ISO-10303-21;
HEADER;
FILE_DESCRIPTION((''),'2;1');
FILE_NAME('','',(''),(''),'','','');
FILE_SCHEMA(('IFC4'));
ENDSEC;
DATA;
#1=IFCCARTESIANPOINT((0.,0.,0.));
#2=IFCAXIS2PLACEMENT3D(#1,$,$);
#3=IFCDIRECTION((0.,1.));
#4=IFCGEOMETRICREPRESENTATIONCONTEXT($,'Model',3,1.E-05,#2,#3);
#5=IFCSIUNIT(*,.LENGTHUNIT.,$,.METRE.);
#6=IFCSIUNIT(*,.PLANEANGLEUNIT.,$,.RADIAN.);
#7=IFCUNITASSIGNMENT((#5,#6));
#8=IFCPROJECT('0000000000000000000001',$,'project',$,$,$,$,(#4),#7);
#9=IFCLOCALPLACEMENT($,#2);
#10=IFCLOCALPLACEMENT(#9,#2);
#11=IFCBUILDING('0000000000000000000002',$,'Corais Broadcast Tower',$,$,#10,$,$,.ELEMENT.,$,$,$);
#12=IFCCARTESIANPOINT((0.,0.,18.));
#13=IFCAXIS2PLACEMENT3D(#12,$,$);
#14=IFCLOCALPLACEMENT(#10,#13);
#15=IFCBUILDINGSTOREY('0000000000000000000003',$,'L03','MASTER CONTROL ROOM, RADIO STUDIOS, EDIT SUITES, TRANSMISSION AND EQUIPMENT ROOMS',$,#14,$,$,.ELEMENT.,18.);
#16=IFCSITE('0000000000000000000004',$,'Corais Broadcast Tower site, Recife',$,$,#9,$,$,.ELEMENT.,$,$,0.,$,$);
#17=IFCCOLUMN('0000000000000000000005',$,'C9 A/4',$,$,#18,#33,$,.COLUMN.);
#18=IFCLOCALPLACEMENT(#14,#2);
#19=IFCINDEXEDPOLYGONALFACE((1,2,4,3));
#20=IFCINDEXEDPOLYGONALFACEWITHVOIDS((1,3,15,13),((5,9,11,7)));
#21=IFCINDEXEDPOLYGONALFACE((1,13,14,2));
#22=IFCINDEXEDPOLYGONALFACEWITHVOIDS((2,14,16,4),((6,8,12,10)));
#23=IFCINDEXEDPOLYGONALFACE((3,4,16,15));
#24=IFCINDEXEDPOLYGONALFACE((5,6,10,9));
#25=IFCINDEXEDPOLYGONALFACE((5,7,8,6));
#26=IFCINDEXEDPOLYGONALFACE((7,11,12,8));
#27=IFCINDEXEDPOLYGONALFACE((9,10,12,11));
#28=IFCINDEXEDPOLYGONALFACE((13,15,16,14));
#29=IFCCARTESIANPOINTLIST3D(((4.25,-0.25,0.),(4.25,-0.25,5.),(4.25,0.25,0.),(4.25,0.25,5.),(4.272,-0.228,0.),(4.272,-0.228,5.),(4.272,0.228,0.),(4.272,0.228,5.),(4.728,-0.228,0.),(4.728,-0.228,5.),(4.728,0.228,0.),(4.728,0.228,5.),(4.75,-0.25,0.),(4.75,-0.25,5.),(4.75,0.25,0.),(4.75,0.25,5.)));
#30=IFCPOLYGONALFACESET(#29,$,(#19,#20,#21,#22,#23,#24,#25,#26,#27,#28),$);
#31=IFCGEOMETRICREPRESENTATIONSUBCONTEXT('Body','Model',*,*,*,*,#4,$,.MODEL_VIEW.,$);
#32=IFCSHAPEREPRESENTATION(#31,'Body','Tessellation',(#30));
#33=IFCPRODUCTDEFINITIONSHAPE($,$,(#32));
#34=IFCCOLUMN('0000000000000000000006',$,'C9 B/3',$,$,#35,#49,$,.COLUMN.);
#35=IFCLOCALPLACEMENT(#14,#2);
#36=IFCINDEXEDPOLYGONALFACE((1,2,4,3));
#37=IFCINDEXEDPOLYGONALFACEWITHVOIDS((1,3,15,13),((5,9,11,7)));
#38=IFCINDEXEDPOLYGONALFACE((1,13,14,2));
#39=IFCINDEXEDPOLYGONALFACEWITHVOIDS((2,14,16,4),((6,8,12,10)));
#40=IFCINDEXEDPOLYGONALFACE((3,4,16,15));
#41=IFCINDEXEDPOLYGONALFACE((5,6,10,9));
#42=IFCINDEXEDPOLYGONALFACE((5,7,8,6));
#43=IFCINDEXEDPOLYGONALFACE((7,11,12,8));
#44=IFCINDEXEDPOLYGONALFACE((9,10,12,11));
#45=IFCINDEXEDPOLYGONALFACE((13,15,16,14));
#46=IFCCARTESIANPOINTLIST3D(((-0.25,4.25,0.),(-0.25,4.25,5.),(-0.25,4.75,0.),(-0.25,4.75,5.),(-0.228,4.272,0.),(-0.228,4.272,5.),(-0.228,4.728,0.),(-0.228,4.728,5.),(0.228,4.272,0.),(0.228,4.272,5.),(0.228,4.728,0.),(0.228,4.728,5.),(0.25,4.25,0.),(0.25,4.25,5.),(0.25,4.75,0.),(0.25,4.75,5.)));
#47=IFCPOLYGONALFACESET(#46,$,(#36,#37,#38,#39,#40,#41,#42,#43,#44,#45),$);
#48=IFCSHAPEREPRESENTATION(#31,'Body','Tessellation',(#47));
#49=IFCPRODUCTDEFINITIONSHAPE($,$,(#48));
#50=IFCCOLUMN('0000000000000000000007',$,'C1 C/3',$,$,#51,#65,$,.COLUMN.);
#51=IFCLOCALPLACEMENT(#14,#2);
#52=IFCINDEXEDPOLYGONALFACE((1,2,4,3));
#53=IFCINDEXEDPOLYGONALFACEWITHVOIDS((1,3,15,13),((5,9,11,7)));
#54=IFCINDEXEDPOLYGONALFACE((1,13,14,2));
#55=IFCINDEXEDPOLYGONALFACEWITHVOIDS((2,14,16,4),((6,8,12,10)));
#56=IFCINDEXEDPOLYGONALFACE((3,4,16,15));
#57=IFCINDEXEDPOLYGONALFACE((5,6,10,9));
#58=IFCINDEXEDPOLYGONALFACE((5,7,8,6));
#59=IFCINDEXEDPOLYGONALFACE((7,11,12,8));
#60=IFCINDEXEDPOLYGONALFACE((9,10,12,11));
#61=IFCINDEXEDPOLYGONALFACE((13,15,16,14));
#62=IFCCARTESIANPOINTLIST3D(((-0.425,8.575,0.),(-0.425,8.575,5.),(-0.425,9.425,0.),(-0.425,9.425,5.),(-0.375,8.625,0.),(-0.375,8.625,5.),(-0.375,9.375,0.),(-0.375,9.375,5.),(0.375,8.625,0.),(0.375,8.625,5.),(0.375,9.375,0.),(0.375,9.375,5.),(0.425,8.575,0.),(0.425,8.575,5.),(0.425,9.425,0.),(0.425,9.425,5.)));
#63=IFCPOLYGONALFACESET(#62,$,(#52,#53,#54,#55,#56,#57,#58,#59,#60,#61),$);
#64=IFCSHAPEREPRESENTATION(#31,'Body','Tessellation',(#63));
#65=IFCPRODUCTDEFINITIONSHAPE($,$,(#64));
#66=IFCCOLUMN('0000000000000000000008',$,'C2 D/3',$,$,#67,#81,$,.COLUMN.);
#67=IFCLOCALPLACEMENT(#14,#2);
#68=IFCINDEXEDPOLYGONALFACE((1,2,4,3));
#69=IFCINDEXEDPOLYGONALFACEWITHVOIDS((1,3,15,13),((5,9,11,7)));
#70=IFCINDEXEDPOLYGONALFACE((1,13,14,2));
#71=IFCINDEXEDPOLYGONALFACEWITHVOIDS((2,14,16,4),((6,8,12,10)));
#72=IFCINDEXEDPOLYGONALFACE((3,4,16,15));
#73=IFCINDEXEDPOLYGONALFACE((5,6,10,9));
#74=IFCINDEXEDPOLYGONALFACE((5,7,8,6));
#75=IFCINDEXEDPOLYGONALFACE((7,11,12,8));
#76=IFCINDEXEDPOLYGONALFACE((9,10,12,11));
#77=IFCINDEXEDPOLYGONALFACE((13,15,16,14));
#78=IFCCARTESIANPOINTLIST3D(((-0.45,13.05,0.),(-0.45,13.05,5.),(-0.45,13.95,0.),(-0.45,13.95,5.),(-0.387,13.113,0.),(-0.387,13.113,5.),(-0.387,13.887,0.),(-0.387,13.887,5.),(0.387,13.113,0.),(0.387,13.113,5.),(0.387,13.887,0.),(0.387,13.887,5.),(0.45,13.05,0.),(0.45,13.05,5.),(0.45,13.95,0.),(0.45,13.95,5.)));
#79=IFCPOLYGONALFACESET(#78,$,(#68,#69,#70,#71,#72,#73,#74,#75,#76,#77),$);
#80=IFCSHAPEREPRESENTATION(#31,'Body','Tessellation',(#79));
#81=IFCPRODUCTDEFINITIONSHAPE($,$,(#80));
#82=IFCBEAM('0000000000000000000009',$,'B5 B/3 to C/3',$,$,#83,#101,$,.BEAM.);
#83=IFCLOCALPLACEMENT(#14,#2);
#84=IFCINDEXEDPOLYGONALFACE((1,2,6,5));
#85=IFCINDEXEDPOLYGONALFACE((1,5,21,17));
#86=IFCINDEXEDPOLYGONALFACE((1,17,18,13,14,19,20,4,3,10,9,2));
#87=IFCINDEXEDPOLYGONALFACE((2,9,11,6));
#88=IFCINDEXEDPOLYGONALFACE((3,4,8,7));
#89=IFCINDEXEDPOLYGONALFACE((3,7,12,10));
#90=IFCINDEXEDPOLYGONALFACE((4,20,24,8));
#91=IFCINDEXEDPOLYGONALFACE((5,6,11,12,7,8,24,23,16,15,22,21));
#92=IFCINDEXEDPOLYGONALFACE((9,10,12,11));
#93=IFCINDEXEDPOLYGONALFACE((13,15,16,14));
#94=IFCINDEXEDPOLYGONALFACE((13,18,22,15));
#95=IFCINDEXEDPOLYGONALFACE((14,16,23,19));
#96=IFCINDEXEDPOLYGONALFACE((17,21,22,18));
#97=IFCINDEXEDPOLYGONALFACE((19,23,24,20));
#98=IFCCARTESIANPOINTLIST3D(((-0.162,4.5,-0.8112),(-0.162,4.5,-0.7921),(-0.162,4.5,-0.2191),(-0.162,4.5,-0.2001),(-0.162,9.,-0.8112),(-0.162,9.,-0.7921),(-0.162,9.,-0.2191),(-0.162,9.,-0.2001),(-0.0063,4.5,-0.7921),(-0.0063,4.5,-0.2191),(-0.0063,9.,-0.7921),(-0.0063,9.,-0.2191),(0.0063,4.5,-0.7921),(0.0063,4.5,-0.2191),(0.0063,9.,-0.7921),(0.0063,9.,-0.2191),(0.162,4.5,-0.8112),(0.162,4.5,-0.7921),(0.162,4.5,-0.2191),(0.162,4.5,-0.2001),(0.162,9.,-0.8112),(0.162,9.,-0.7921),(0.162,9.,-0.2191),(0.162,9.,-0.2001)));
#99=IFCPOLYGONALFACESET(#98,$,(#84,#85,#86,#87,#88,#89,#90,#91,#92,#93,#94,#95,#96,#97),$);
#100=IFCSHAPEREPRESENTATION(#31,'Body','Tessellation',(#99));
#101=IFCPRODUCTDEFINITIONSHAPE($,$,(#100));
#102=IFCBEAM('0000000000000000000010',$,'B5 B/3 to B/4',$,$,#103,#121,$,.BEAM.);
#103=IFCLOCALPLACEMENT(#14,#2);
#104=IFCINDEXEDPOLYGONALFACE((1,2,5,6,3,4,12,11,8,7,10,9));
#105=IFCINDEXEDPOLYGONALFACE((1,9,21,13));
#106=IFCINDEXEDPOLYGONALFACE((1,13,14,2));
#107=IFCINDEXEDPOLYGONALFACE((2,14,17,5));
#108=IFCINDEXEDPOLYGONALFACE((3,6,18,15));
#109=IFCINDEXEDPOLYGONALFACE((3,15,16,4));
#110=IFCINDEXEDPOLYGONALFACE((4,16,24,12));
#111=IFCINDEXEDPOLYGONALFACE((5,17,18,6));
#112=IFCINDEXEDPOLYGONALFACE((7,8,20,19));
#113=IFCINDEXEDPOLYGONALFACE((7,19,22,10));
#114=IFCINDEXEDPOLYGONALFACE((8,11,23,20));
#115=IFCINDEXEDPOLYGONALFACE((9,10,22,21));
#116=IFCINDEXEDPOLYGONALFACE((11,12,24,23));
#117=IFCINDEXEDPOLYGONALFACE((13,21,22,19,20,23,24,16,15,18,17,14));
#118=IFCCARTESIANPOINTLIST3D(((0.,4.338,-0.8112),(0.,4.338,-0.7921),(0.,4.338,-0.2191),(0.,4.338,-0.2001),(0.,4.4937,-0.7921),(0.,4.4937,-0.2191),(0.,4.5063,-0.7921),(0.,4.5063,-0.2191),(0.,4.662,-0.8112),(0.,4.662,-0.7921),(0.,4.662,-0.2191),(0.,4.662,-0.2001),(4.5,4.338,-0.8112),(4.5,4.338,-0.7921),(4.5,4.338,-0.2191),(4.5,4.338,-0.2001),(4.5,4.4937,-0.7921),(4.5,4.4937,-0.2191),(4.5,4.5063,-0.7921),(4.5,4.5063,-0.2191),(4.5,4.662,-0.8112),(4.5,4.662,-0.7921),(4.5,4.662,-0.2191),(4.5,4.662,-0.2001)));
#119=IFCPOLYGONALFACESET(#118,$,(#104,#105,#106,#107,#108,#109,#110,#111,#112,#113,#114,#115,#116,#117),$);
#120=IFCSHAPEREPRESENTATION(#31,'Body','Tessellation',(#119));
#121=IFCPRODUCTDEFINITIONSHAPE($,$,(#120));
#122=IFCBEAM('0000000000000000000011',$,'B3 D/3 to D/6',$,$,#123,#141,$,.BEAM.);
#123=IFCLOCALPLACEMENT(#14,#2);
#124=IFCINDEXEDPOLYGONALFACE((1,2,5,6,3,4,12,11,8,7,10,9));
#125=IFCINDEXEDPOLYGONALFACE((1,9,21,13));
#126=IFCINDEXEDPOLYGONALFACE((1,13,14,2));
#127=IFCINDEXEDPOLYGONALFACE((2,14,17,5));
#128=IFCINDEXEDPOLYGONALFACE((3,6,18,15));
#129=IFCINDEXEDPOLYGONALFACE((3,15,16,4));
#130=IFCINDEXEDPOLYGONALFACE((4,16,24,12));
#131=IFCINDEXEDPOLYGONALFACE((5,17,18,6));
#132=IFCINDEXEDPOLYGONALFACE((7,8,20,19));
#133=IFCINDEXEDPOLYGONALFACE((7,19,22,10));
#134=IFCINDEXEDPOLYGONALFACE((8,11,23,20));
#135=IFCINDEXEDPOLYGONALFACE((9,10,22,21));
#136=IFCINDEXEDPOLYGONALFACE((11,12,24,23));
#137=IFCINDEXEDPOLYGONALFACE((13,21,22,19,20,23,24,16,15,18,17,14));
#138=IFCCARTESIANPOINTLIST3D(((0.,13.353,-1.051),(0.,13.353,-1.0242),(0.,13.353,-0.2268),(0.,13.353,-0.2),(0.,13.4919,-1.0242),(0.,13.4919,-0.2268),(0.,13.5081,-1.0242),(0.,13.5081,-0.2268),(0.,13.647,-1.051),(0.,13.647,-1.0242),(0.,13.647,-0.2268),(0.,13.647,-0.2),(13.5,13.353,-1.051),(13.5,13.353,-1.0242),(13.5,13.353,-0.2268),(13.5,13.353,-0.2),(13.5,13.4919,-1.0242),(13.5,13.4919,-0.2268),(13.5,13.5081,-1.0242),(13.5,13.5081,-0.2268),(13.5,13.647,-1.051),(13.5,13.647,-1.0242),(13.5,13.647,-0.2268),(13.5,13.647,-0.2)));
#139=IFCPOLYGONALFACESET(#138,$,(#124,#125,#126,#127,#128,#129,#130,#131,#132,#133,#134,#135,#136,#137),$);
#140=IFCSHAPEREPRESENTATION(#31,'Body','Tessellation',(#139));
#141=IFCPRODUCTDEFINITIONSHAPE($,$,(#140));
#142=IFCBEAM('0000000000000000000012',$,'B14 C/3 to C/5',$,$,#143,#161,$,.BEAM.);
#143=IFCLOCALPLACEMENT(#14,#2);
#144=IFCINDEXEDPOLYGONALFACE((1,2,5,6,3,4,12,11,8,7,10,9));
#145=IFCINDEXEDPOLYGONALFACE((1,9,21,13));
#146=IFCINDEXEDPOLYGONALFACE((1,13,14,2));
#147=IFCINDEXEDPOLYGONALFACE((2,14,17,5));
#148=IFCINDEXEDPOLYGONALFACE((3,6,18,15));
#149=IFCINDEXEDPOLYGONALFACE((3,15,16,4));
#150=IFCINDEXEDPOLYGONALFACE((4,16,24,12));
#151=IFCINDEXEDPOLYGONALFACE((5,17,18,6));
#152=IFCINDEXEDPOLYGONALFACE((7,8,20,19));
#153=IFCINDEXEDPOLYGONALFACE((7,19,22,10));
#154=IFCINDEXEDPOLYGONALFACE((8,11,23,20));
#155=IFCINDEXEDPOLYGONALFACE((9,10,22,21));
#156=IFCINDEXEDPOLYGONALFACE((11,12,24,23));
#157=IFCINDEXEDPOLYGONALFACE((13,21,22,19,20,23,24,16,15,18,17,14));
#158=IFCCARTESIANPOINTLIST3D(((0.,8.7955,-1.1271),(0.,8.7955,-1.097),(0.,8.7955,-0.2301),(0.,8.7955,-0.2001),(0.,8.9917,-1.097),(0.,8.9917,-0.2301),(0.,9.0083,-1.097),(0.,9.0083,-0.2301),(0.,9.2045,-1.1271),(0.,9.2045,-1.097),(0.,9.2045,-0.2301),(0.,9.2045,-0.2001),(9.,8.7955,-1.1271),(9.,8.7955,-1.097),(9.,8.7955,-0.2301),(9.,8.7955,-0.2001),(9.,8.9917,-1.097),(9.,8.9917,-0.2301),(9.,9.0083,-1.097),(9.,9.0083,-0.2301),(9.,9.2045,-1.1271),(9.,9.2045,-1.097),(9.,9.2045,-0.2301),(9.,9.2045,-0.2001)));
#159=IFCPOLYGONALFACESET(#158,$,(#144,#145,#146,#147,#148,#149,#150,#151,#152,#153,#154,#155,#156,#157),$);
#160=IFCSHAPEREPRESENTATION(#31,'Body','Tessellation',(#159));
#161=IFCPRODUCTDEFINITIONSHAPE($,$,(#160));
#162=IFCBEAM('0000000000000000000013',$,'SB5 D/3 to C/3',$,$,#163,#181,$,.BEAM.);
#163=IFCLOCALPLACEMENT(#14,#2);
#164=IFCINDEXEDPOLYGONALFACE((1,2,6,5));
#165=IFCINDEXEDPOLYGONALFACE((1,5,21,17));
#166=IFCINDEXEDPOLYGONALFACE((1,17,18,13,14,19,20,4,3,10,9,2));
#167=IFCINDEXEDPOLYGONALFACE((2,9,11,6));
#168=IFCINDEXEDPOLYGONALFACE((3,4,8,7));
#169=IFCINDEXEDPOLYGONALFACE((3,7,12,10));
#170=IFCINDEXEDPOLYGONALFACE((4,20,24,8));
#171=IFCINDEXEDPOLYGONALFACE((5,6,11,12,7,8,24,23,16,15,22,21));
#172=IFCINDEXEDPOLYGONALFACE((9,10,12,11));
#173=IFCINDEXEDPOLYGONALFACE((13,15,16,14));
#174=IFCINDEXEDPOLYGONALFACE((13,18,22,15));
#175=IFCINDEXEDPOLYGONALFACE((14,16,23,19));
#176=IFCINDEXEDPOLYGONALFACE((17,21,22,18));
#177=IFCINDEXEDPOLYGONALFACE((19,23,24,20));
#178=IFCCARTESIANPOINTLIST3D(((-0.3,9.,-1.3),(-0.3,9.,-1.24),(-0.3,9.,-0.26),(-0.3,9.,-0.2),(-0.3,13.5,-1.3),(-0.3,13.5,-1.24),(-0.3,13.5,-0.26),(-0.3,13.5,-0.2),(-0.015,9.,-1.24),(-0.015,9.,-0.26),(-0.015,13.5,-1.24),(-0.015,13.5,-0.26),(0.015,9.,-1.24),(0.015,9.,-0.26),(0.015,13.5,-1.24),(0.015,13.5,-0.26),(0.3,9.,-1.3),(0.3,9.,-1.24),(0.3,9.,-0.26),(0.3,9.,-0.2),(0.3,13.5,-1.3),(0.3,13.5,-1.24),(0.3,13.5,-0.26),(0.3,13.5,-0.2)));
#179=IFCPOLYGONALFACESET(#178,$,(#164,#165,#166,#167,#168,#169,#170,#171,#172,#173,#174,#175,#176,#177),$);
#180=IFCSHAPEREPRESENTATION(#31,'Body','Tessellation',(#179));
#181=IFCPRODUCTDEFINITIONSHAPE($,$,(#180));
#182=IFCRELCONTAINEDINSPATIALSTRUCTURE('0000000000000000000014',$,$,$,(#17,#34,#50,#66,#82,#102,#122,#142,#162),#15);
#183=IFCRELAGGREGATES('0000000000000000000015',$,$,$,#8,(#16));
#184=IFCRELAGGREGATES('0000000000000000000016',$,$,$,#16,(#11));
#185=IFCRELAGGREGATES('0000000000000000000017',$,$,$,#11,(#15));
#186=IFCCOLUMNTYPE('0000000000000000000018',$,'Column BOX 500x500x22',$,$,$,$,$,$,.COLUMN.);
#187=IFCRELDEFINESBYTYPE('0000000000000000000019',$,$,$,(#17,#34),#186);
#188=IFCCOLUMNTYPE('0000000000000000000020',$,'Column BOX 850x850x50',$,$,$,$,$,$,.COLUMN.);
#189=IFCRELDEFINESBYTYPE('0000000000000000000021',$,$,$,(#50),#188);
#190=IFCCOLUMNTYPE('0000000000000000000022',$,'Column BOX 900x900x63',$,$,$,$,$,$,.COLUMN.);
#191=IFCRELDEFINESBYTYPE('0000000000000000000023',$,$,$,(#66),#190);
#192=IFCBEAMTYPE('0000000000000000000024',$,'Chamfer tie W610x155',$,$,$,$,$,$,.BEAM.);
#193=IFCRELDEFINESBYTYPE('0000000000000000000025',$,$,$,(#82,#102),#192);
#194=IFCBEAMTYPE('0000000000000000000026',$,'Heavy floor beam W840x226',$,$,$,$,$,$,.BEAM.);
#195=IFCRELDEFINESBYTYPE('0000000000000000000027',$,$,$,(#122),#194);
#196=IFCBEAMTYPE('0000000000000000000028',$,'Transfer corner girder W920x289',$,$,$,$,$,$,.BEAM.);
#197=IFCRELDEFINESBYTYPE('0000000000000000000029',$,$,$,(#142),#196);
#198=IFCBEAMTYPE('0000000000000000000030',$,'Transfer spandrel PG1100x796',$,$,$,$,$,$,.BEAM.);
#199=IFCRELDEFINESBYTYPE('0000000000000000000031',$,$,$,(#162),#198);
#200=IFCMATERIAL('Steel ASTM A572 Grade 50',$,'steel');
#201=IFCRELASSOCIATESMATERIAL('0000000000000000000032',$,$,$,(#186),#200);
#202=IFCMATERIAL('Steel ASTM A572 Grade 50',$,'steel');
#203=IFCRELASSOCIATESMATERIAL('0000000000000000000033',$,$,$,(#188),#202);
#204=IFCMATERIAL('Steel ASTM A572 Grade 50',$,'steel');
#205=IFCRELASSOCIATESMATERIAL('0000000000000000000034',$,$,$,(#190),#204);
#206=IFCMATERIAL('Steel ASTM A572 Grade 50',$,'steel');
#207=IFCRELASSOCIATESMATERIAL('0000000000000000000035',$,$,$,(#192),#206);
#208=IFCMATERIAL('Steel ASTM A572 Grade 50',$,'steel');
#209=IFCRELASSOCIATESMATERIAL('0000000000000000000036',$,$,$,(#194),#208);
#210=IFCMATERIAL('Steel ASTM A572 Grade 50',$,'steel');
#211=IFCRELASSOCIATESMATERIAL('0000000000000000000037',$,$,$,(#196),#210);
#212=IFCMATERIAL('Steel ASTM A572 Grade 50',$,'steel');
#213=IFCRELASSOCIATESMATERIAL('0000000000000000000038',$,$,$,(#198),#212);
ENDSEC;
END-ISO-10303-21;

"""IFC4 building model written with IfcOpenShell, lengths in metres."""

from ifc_helpers import new_model, si_unit, direction, frame, origin, origin_2d, place, context, subcontext, project, spatial, hollow_rectangle, i_section, extrude, material, material_profile, profile_set, type_object, element, save


model = new_model("IFC4")

# Units and contexts
model_context = context("Model", 3, precision=1e-05, world=origin(), true_north=direction((0.0, 1.0)))
body_context = subcontext(model_context, "Body", "Model", "MODEL_VIEW")
ifc_project = project(units=[si_unit("LENGTHUNIT", "METRE"), si_unit("PLANEANGLEUNIT", "RADIAN")], contexts=[model_context])

# Site, building, storey
site_placement = place(None, origin())
site = spatial("IfcSite", under=ifc_project, at=site_placement, Name="Corais Broadcast Tower site, Recife", CompositionType="ELEMENT", RefElevation=0.0)
building_placement = place(site_placement, origin())
building = spatial("IfcBuilding", under=site, at=building_placement, Name="Corais Broadcast Tower", CompositionType="ELEMENT")
storey_placement = place(building_placement, frame((0.0, 0.0, 18.0)))
storey = spatial("IfcBuildingStorey", under=building, at=storey_placement, Name="L03", Description="MASTER CONTROL ROOM, RADIO STUDIOS, EDIT SUITES, TRANSMISSION AND EQUIPMENT ROOMS", CompositionType="ELEMENT", Elevation=18.0)

# Columns
ifc_material_1 = material(Name="Steel ASTM A572 Grade 50", Category="steel")
ifc_material_profile_1 = material_profile(ifc_material_1, hollow_rectangle(XDim=0.5, YDim=0.5, WallThickness=0.022, at=origin_2d()), Name="BOX 500x500x22")
ifc_profile_set_1 = profile_set([ifc_material_profile_1], Name="Steel ASTM A572 Grade 50")
column_type_1 = type_object("IfcColumnType", Name="Column BOX 500x500x22", PredefinedType="COLUMN", material=ifc_profile_set_1)
for number, where, z_axis, x_axis, name in (
    (1, (4.5, 0.0, 0.0), (0.0, 0.0, 1.0), (1.0, 0.0, 0.0), "C9 A/4"),
    (2, (0.0, 4.5, 0.0), (0.0, 0.0, 1.0), (1.0, 0.0, 0.0), "C9 B/3"),
):
    element("IfcColumn", number, at=place(storey_placement, frame(where, z_axis=z_axis, x_axis=x_axis)), inside=storey, type_object=column_type_1, Name=name, PredefinedType="COLUMN", context=body_context, shape_type="SweptSolid", body=[
        extrude(hollow_rectangle(XDim=0.5, YDim=0.5, WallThickness=0.022, at=origin_2d()), origin(), (0.0, 0.0, 1.0), 5.0),
    ])
ifc_material_2 = material(Name="Steel ASTM A572 Grade 50", Category="steel")
ifc_material_profile_2 = material_profile(ifc_material_2, hollow_rectangle(XDim=0.8501, YDim=0.8501, WallThickness=0.05, at=origin_2d()), Name="BOX 850x850x50")
ifc_profile_set_2 = profile_set([ifc_material_profile_2], Name="Steel ASTM A572 Grade 50")
column_type_2 = type_object("IfcColumnType", Name="Column BOX 850x850x50", PredefinedType="COLUMN", material=ifc_profile_set_2)
column_1_placement = place(storey_placement, frame((0.0, 9.0, 0.0), z_axis=(0.0, 0.0, 1.0), x_axis=(1.0, 0.0, 0.0)))
element("IfcColumn", 3, at=column_1_placement, inside=storey, type_object=column_type_2, Name="C1 C/3", PredefinedType="COLUMN", context=body_context, shape_type="SweptSolid", body=[
    extrude(hollow_rectangle(XDim=0.8501, YDim=0.8501, WallThickness=0.05, at=origin_2d()), origin(), (0.0, 0.0, 1.0), 5.0),
])
ifc_material_3 = material(Name="Steel ASTM A572 Grade 50", Category="steel")
ifc_material_profile_3 = material_profile(ifc_material_3, hollow_rectangle(XDim=0.8999, YDim=0.8999, WallThickness=0.063, at=origin_2d()), Name="BOX 900x900x63")
ifc_profile_set_3 = profile_set([ifc_material_profile_3], Name="Steel ASTM A572 Grade 50")
column_type_3 = type_object("IfcColumnType", Name="Column BOX 900x900x63", PredefinedType="COLUMN", material=ifc_profile_set_3)
column_2_placement = place(storey_placement, frame((0.0, 13.5, 0.0), z_axis=(0.0, 0.0, 1.0), x_axis=(1.0, 0.0, 0.0)))
element("IfcColumn", 4, at=column_2_placement, inside=storey, type_object=column_type_3, Name="C2 D/3", PredefinedType="COLUMN", context=body_context, shape_type="SweptSolid", body=[
    extrude(hollow_rectangle(XDim=0.8999, YDim=0.8999, WallThickness=0.063, at=origin_2d()), origin(), (0.0, 0.0, 1.0), 5.0),
])

# Beams
ifc_material_4 = material(Name="Steel ASTM A572 Grade 50", Category="steel")
ifc_material_profile_4 = material_profile(ifc_material_4, i_section(OverallWidth=0.324, OverallDepth=0.6111, WebThickness=0.0127, FlangeThickness=0.019, at=origin_2d()), Name="W610x155")
ifc_profile_set_4 = profile_set([ifc_material_profile_4], Name="Steel ASTM A572 Grade 50")
beam_type_1 = type_object("IfcBeamType", Name="Chamfer tie W610x155", PredefinedType="BEAM", material=ifc_profile_set_4)
for number, where, z_axis, x_axis, name in (
    (5, (0.0, 4.5, -0.5056), (0.0, 1.0, 0.0), (-1.0, 0.0, 0.0), "B5 B/3 to C/3"),
    (6, (0.0, 4.5, -0.5056), (1.0, 0.0, 0.0), (0.0, 1.0, 0.0), "B5 B/3 to B/4"),
):
    element("IfcBeam", number, at=place(storey_placement, frame(where, z_axis=z_axis, x_axis=x_axis)), inside=storey, type_object=beam_type_1, Name=name, PredefinedType="BEAM", context=body_context, shape_type="SweptSolid", body=[
        extrude(i_section(OverallWidth=0.324, OverallDepth=0.6111, WebThickness=0.0127, FlangeThickness=0.019, at=origin_2d()), origin(), (0.0, 0.0, 1.0), 4.5),
    ])
ifc_material_5 = material(Name="Steel ASTM A572 Grade 50", Category="steel")
ifc_material_profile_5 = material_profile(ifc_material_5, i_section(OverallWidth=0.2939, OverallDepth=0.8511, WebThickness=0.0161, FlangeThickness=0.0269, at=origin_2d()), Name="W840x226")
ifc_profile_set_5 = profile_set([ifc_material_profile_5], Name="Steel ASTM A572 Grade 50")
beam_type_2 = type_object("IfcBeamType", Name="Heavy floor beam W840x226", PredefinedType="BEAM", material=ifc_profile_set_5)
beam_1_placement = place(storey_placement, frame((0.0, 13.5, -0.6255), z_axis=(1.0, 0.0, 0.0), x_axis=(0.0, 1.0, 0.0)))
element("IfcBeam", 7, at=beam_1_placement, inside=storey, type_object=beam_type_2, Name="B3 D/3 to D/6", PredefinedType="BEAM", context=body_context, shape_type="SweptSolid", body=[
    extrude(i_section(OverallWidth=0.2939, OverallDepth=0.8511, WebThickness=0.0161, FlangeThickness=0.0269, at=origin_2d()), origin(), (0.0, 0.0, 1.0), 13.5),
])
ifc_material_6 = material(Name="Steel ASTM A572 Grade 50", Category="steel")
ifc_material_profile_6 = material_profile(ifc_material_6, i_section(OverallWidth=0.4089, OverallDepth=0.927, WebThickness=0.0166, FlangeThickness=0.03, at=origin_2d()), Name="W920x289")
ifc_profile_set_6 = profile_set([ifc_material_profile_6], Name="Steel ASTM A572 Grade 50")
beam_type_3 = type_object("IfcBeamType", Name="Transfer corner girder W920x289", PredefinedType="BEAM", material=ifc_profile_set_6)
beam_2_placement = place(storey_placement, frame((0.0, 9.0, -0.6636), z_axis=(1.0, 0.0, 0.0), x_axis=(0.0, 1.0, 0.0)))
element("IfcBeam", 8, at=beam_2_placement, inside=storey, type_object=beam_type_3, Name="B14 C/3 to C/5", PredefinedType="BEAM", context=body_context, shape_type="SweptSolid", body=[
    extrude(i_section(OverallWidth=0.4089, OverallDepth=0.927, WebThickness=0.0166, FlangeThickness=0.03, at=origin_2d()), origin(), (0.0, 0.0, 1.0), 9.0),
])
ifc_material_7 = material(Name="Steel ASTM A572 Grade 50", Category="steel")
ifc_material_profile_7 = material_profile(ifc_material_7, i_section(OverallWidth=0.6001, OverallDepth=1.1001, WebThickness=0.03, FlangeThickness=0.0601, at=origin_2d()), Name="PG1100x796")
ifc_profile_set_7 = profile_set([ifc_material_profile_7], Name="Steel ASTM A572 Grade 50")
beam_type_4 = type_object("IfcBeamType", Name="Transfer spandrel PG1100x796", PredefinedType="BEAM", material=ifc_profile_set_7)
beam_3_placement = place(storey_placement, frame((0.0, 13.5, -0.75), z_axis=(0.0, -1.0, 0.0), x_axis=(1.0, 0.0, 0.0)))
element("IfcBeam", 9, at=beam_3_placement, inside=storey, type_object=beam_type_4, Name="SB5 D/3 to C/3", PredefinedType="BEAM", context=body_context, shape_type="SweptSolid", body=[
    extrude(i_section(OverallWidth=0.6001, OverallDepth=1.1001, WebThickness=0.03, FlangeThickness=0.0601, at=origin_2d()), origin(), (0.0, 0.0, 1.0), 4.5),
])

save(model, "model.ifc")
